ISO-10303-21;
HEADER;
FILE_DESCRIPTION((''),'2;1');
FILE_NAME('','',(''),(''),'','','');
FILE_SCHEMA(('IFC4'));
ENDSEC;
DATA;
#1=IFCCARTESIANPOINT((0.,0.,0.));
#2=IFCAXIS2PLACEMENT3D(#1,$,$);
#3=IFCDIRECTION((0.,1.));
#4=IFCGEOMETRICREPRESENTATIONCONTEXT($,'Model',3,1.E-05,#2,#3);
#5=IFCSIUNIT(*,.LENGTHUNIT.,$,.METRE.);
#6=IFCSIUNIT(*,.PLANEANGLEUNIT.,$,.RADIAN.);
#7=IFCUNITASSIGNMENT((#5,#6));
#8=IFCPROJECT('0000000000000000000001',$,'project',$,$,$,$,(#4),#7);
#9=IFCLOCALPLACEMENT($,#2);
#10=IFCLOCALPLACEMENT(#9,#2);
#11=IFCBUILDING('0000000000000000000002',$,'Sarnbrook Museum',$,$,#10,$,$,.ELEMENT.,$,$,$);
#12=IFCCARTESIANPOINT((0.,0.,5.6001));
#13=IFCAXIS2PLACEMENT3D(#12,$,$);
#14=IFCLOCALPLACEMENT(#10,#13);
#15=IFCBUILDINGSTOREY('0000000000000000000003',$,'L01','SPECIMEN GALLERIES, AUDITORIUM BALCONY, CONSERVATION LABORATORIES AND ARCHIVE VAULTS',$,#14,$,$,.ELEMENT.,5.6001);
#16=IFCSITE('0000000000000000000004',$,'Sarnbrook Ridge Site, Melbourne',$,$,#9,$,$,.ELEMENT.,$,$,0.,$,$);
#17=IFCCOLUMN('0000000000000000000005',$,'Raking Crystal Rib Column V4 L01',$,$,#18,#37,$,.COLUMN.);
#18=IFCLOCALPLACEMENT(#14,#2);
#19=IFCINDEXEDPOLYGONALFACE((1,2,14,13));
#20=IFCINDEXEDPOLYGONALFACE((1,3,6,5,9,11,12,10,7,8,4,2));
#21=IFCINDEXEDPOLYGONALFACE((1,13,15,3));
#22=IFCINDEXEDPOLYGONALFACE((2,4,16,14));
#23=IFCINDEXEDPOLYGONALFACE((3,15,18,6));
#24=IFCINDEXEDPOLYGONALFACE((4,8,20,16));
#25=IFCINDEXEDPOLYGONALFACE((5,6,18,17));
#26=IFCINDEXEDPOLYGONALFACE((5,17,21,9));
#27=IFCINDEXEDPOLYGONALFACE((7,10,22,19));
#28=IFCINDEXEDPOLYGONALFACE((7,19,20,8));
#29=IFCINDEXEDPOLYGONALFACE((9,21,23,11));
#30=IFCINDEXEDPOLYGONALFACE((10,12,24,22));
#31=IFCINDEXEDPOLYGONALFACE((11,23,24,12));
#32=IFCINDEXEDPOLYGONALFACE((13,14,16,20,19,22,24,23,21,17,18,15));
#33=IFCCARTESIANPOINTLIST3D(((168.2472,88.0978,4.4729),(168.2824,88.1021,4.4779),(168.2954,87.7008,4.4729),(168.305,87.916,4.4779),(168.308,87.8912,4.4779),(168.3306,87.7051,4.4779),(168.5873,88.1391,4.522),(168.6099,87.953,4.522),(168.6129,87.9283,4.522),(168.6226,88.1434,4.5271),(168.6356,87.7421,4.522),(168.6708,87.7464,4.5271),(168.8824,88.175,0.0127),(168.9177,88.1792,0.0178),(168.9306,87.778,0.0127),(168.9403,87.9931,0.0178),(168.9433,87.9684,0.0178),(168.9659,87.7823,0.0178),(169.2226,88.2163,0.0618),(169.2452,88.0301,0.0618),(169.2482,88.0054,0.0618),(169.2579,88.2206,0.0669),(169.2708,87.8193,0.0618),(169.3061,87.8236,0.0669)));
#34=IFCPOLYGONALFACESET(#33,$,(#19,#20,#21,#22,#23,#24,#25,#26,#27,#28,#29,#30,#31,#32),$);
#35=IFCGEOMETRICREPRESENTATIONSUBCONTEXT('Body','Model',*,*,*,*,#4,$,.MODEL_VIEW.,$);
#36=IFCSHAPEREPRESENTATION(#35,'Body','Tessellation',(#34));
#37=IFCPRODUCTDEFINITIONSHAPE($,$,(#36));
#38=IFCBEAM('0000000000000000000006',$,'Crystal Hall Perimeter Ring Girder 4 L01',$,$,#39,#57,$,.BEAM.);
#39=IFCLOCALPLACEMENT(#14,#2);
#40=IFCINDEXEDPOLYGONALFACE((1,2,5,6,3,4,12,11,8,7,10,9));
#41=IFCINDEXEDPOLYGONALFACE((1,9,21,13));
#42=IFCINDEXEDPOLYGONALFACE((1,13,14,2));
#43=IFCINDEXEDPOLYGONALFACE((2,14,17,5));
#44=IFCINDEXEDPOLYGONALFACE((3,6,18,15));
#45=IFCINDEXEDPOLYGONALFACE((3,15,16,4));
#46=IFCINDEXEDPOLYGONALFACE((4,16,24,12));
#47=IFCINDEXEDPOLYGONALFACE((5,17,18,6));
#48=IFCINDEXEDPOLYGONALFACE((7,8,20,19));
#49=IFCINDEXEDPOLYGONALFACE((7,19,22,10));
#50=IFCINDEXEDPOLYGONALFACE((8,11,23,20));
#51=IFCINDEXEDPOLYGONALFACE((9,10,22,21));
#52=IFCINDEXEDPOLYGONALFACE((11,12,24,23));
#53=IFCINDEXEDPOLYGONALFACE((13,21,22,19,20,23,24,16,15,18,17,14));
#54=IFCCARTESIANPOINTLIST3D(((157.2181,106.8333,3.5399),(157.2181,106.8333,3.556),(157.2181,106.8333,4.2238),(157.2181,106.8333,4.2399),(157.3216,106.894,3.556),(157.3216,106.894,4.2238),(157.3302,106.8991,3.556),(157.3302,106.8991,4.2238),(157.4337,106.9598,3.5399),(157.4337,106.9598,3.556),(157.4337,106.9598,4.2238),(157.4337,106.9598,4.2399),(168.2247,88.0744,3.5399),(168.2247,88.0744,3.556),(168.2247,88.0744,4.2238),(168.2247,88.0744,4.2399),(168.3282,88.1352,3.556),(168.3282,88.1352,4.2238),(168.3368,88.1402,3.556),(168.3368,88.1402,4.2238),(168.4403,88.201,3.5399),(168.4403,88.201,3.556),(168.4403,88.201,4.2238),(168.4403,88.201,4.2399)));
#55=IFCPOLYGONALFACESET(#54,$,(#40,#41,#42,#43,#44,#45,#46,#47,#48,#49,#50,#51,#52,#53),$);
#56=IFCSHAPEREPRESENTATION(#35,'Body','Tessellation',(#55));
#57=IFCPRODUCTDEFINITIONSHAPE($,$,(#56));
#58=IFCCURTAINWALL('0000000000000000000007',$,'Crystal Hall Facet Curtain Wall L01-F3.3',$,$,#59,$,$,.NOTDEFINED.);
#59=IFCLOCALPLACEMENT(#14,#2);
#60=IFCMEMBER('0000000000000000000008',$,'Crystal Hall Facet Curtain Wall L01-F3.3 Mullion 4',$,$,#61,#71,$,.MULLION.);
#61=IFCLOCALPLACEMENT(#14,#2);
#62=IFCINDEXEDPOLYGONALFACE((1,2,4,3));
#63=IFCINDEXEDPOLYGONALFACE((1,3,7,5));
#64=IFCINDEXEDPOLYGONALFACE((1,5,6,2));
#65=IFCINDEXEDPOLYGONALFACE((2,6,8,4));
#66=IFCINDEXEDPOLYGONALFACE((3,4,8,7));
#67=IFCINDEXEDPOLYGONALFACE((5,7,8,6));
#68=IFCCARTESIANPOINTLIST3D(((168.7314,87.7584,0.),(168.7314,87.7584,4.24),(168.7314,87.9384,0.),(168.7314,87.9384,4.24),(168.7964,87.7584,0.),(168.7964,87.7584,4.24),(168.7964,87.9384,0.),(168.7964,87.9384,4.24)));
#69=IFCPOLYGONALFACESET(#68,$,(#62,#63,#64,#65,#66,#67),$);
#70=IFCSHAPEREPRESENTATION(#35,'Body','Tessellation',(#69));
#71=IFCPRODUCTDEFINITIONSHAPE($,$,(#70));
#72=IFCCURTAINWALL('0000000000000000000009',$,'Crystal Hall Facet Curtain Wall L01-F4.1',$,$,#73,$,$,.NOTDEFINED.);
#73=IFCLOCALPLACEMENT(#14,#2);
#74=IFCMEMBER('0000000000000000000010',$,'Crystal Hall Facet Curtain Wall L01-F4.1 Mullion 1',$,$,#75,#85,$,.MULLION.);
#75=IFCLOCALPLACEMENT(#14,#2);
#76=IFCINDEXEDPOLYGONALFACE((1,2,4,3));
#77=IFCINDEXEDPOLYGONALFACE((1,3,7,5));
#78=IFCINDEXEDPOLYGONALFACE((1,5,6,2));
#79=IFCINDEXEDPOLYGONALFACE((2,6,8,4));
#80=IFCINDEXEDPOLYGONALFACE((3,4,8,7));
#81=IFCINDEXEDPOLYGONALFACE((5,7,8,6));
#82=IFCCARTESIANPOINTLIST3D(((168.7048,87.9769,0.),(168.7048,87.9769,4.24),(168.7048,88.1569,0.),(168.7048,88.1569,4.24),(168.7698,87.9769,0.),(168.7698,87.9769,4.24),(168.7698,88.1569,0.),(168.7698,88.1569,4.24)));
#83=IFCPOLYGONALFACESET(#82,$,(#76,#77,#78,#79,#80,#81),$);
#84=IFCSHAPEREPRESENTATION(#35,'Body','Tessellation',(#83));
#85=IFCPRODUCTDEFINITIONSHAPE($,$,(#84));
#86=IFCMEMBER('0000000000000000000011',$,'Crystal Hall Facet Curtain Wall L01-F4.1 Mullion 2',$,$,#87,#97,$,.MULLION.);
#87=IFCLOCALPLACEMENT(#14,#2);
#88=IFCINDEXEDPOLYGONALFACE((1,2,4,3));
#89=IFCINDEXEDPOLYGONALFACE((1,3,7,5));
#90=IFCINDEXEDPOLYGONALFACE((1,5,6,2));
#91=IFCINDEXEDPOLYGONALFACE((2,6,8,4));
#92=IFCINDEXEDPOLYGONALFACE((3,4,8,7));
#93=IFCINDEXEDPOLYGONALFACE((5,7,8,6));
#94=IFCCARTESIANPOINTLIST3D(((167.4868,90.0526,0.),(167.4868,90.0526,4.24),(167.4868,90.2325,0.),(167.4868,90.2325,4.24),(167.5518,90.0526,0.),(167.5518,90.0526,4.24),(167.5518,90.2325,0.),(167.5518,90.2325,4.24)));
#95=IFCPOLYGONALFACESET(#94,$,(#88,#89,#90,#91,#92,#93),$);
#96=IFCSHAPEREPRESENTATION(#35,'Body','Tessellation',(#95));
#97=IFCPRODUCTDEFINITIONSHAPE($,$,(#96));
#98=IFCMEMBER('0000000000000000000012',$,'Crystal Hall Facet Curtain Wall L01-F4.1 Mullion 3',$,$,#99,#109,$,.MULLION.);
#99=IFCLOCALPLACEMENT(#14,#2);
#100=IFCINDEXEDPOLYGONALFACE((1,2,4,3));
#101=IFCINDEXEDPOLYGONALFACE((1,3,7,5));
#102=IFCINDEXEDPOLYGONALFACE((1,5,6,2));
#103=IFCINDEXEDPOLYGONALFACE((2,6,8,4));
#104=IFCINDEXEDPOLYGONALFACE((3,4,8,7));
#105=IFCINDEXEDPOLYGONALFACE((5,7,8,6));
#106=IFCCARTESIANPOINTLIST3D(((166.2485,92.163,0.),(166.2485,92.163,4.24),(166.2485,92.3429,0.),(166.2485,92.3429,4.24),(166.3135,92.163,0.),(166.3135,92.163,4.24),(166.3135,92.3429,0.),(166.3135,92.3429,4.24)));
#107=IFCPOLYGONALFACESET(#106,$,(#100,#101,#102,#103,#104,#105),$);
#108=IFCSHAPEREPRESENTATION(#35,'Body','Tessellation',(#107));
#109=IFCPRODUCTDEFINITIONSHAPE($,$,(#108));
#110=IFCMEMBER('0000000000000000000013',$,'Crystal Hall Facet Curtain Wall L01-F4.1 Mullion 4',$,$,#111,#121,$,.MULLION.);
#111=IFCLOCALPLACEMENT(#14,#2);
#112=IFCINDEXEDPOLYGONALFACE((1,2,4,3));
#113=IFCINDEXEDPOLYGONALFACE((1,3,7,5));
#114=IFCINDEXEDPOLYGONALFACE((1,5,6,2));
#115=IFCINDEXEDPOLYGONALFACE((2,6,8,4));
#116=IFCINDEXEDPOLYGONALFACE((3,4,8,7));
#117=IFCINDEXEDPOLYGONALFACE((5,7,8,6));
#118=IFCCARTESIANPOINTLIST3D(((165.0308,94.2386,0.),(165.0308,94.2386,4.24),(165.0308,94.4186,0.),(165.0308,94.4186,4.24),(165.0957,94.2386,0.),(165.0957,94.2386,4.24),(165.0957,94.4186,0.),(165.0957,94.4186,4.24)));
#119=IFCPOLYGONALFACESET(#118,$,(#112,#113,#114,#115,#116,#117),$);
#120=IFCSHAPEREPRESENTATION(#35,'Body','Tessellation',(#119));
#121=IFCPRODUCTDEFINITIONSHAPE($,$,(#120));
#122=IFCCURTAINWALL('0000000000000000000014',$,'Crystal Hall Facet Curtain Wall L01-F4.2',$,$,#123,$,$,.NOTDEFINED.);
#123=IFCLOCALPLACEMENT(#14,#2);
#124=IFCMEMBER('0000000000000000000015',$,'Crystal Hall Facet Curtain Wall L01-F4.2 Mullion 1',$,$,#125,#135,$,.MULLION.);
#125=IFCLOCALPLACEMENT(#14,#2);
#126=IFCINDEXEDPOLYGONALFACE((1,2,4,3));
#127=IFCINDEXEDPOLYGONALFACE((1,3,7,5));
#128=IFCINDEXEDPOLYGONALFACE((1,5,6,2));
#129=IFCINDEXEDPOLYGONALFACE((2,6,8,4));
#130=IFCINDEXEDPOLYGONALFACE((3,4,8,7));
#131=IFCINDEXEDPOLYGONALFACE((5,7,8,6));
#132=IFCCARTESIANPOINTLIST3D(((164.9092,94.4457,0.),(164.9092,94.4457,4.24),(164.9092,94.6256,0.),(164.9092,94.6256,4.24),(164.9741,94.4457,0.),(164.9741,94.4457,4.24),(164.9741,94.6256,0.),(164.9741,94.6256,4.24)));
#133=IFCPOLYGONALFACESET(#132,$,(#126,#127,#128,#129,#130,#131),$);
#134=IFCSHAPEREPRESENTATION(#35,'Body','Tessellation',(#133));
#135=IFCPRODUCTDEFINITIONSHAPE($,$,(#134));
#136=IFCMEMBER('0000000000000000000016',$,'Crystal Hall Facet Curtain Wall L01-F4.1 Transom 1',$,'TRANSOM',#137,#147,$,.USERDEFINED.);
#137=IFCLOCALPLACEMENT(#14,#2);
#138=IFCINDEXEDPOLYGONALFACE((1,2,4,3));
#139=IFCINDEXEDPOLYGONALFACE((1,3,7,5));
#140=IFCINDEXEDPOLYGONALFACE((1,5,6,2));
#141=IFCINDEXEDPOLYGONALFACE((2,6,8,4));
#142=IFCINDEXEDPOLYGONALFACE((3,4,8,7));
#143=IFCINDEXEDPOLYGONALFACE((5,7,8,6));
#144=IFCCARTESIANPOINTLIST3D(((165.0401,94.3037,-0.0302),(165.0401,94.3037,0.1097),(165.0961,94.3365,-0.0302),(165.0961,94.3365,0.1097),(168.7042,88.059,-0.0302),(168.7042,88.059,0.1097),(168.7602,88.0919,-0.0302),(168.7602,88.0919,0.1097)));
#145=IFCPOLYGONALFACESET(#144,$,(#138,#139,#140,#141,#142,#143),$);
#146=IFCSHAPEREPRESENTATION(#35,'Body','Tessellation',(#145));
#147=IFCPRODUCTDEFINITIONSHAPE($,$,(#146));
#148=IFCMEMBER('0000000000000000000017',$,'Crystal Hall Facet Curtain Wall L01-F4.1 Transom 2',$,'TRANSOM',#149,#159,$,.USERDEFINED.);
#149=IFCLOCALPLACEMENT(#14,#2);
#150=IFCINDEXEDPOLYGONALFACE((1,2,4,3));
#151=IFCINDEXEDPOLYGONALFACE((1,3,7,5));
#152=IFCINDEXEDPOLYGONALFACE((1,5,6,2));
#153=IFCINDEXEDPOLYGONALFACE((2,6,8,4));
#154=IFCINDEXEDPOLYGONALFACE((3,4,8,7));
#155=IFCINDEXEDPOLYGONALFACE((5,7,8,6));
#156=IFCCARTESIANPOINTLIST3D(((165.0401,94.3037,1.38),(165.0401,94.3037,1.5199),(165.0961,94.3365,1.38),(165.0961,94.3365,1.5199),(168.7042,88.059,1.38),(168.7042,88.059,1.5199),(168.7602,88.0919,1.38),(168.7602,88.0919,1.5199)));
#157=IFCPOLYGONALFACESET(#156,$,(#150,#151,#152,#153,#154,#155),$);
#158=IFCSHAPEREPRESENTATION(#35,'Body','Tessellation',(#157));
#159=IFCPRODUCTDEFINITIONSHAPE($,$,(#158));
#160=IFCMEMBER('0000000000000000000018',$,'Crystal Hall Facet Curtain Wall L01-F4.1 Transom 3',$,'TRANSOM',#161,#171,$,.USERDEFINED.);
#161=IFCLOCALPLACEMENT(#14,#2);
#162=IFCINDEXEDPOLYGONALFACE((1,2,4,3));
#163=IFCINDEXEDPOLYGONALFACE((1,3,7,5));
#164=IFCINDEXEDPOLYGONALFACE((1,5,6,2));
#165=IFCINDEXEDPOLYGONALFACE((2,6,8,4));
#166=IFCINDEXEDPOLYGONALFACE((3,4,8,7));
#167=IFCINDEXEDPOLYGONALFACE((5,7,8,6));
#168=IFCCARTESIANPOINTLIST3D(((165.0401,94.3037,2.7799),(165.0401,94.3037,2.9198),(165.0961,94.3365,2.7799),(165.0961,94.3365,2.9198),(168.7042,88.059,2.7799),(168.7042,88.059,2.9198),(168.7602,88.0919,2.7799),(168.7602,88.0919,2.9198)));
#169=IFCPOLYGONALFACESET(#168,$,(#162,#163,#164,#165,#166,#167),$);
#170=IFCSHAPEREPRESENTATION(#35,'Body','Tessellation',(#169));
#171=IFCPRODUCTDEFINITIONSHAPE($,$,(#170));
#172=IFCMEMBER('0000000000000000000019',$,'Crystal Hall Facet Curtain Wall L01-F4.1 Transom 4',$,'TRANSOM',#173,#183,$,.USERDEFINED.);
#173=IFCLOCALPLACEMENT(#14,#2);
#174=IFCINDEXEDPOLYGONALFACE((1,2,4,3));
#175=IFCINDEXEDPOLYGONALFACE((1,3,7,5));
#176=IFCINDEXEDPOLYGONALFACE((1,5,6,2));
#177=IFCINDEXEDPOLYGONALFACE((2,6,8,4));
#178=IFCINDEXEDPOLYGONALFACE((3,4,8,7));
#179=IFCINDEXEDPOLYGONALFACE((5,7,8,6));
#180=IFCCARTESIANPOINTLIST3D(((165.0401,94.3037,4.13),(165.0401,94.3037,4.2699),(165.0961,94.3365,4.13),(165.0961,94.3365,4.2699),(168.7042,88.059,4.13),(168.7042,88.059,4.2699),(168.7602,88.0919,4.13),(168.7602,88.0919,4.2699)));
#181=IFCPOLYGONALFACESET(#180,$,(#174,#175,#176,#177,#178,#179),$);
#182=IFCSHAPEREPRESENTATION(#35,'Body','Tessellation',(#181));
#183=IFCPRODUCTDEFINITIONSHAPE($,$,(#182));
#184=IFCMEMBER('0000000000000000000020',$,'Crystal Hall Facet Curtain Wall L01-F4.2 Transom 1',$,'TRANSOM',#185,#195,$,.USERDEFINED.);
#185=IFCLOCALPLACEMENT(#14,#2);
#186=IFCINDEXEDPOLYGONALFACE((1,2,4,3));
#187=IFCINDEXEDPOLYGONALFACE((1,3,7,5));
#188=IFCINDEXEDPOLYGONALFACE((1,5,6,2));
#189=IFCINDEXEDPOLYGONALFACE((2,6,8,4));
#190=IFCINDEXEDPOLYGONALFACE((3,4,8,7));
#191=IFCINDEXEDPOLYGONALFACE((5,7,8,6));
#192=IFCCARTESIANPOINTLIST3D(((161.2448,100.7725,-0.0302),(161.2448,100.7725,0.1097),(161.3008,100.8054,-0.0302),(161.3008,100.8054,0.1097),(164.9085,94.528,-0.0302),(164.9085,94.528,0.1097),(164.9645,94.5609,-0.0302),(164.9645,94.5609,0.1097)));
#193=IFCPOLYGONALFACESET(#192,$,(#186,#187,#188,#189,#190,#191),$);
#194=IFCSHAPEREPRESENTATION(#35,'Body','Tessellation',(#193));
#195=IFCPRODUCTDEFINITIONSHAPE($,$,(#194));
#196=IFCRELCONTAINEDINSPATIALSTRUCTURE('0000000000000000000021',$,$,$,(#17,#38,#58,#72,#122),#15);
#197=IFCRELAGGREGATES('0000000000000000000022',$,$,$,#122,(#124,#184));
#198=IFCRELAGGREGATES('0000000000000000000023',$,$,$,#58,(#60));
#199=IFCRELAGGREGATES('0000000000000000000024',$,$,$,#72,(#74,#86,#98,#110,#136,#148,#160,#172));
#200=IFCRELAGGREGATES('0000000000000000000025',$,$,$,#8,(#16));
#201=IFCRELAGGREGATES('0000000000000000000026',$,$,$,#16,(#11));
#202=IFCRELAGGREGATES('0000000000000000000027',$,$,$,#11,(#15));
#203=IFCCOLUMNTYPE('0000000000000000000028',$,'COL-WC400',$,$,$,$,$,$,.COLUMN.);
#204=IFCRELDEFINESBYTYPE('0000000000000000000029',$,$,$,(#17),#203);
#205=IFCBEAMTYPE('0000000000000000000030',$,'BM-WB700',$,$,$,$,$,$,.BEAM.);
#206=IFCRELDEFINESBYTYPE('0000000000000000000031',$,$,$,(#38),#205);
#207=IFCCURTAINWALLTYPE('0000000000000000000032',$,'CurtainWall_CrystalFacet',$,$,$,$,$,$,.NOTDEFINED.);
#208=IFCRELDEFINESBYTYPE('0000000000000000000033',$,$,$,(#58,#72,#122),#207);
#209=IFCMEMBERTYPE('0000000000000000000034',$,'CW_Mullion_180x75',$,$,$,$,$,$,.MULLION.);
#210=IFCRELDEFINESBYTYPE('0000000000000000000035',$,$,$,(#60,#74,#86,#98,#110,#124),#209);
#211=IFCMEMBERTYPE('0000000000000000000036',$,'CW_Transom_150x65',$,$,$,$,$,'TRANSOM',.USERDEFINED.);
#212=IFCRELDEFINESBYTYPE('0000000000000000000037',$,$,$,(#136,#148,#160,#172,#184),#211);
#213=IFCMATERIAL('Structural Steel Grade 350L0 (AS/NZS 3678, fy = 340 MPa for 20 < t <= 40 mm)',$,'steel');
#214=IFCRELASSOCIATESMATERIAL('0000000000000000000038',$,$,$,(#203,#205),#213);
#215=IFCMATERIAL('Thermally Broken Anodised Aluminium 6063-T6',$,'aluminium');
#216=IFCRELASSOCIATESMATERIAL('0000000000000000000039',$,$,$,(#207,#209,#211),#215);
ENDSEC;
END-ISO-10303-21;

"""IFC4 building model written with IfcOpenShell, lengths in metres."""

from ifc_helpers import new_model, si_unit, direction, frame, origin, origin_2d, place, context, subcontext, project, spatial, rectangle, i_section, extrude, material, material_profile, profile_set, type_object, element, aggregate, save


model = new_model("IFC4")

# Units and contexts
model_context = context("Model", 3, precision=1e-05, world=origin(), true_north=direction((0.0, 1.0)))
body_context = subcontext(model_context, "Body", "Model", "MODEL_VIEW")
ifc_project = project(units=[si_unit("LENGTHUNIT", "METRE"), si_unit("PLANEANGLEUNIT", "RADIAN")], contexts=[model_context])

# Site, building, storey
site_placement = place(None, origin())
site = spatial("IfcSite", under=ifc_project, at=site_placement, Name="Sarnbrook Ridge Site, Melbourne", CompositionType="ELEMENT", RefElevation=0.0)
building_placement = place(site_placement, origin())
building = spatial("IfcBuilding", under=site, at=building_placement, Name="Sarnbrook Museum", CompositionType="ELEMENT")
storey_placement = place(building_placement, frame((0.0, 0.0, 5.6001)))
storey = spatial("IfcBuildingStorey", under=building, at=storey_placement, Name="L01", Description="SPECIMEN GALLERIES, AUDITORIUM BALCONY, CONSERVATION LABORATORIES AND ARCHIVE VAULTS", CompositionType="ELEMENT", Elevation=5.6001)

# Column
ifc_material_1 = material(Name="Structural Steel Grade 350L0 (AS/NZS 3678, fy = 340 MPa for 20 < t <= 40 mm)", Category="steel")
ifc_material_profile_1 = material_profile(ifc_material_1, i_section(OverallWidth=0.3999, OverallDepth=0.3821, WebThickness=0.0249, FlangeThickness=0.0359, at=origin_2d()), Name="400WC270")
ifc_profile_set_1 = profile_set([ifc_material_profile_1], Name="Structural Steel Grade 350L0 (AS/NZS 3678, fy = 340 MPa for 20 < t <= 40 mm)")
column_type = type_object("IfcColumnType", Name="COL-WC400", PredefinedType="COLUMN", material=ifc_profile_set_1)
column_placement = place(storey_placement, frame((169.0942, 87.9993, 0.0398), z_axis=(-0.140983, -0.017122, 0.989864), x_axis=(0.120559, -0.992706, 0.0)))
element("IfcColumn", 1, at=column_placement, inside=storey, type_object=column_type, Name="Raking Crystal Rib Column V4 L01", PredefinedType="COLUMN", context=body_context, shape_type="SweptSolid", body=[
    extrude(i_section(OverallWidth=0.3999, OverallDepth=0.3821, WebThickness=0.0249, FlangeThickness=0.0359, at=origin_2d()), origin(), (0.0, 0.0, 1.0), 4.5059),
])

# Beam
ifc_material_profile_2 = material_profile(ifc_material_1, i_section(OverallWidth=0.25, OverallDepth=0.7, WebThickness=0.01, FlangeThickness=0.0161, at=origin_2d()), Name="700WB130")
ifc_profile_set_2 = profile_set([ifc_material_profile_2], Name="Structural Steel Grade 350L0 (AS/NZS 3678, fy = 340 MPa for 20 < t <= 40 mm)")
beam_type_1 = type_object("IfcBeamType", Name="BM-WB700", PredefinedType="BEAM", material=ifc_profile_set_2)
beam_1_placement = place(storey_placement, frame((168.3325, 88.1377, 3.8899), z_axis=(-0.506064, 0.862496, 0.0), x_axis=(-0.862496, -0.506064, 0.0)))
element("IfcBeam", 2, at=beam_1_placement, inside=storey, type_object=beam_type_1, Name="Crystal Hall Perimeter Ring Girder 4 L01", PredefinedType="BEAM", context=body_context, shape_type="SweptSolid", body=[
    extrude(i_section(OverallWidth=0.25, OverallDepth=0.7, WebThickness=0.01, FlangeThickness=0.0161, at=origin_2d()), origin(), (0.0, 0.0, 1.0), 21.7495),
])

# Curtain wall, member
ifc_material_2 = material(Name="Thermally Broken Anodised Aluminium 6063-T6", Category="aluminium")
curtain_wall_type = type_object("IfcCurtainWallType", Name="CurtainWall_CrystalFacet", PredefinedType="NOTDEFINED", material=ifc_material_2)
curtain_wall_1_placement = place(storey_placement, origin())
curtain_wall_1 = element("IfcCurtainWall", 3, at=curtain_wall_1_placement, inside=storey, type_object=curtain_wall_type, Name="Crystal Hall Facet Curtain Wall L01-F3.3", PredefinedType="NOTDEFINED")
ifc_material_profile_3 = material_profile(ifc_material_2, rectangle(XDim=0.0649, YDim=0.1799, at=origin_2d()), Name="ALU MULLION 65x180")
ifc_profile_set_3 = profile_set([ifc_material_profile_3], Name="Thermally Broken Anodised Aluminium 6063-T6")
member_type_1 = type_object("IfcMemberType", Name="CW_Mullion_180x75", PredefinedType="MULLION", material=ifc_profile_set_3)
member_1_placement = place(storey_placement, frame((168.7639, 87.8484, 0.0), z_axis=(0.0, 0.0, 1.0), x_axis=(1.0, 0.0, 0.0)))
member_1 = element("IfcMember", 4, at=member_1_placement, type_object=member_type_1, Name="Crystal Hall Facet Curtain Wall L01-F3.3 Mullion 4", PredefinedType="MULLION", context=body_context, shape_type="SweptSolid", body=[
    extrude(rectangle(XDim=0.0649, YDim=0.1799, at=origin_2d()), origin(), (0.0, 0.0, 1.0), 4.24),
])

# Curtain wall, members
curtain_wall_2_placement = place(storey_placement, origin())
curtain_wall_2 = element("IfcCurtainWall", 5, at=curtain_wall_2_placement, inside=storey, type_object=curtain_wall_type, Name="Crystal Hall Facet Curtain Wall L01-F4.1", PredefinedType="NOTDEFINED")
member_2_placement = place(storey_placement, frame((168.7373, 88.0669, 0.0), z_axis=(0.0, 0.0, 1.0), x_axis=(1.0, 0.0, 0.0)))
member_2 = element("IfcMember", 6, at=member_2_placement, type_object=member_type_1, Name="Crystal Hall Facet Curtain Wall L01-F4.1 Mullion 1", PredefinedType="MULLION", context=body_context, shape_type="SweptSolid", body=[
    extrude(rectangle(XDim=0.0649, YDim=0.1799, at=origin_2d()), origin(), (0.0, 0.0, 1.0), 4.24),
])
member_3_placement = place(storey_placement, frame((167.5193, 90.1426, 0.0), z_axis=(0.0, 0.0, 1.0), x_axis=(1.0, 0.0, 0.0)))
member_3 = element("IfcMember", 7, at=member_3_placement, type_object=member_type_1, Name="Crystal Hall Facet Curtain Wall L01-F4.1 Mullion 2", PredefinedType="MULLION", context=body_context, shape_type="SweptSolid", body=[
    extrude(rectangle(XDim=0.0649, YDim=0.1799, at=origin_2d()), origin(), (0.0, 0.0, 1.0), 4.24),
])
member_4_placement = place(storey_placement, frame((166.281, 92.2529, 0.0), z_axis=(0.0, 0.0, 1.0), x_axis=(1.0, 0.0, 0.0)))
member_4 = element("IfcMember", 8, at=member_4_placement, type_object=member_type_1, Name="Crystal Hall Facet Curtain Wall L01-F4.1 Mullion 3", PredefinedType="MULLION", context=body_context, shape_type="SweptSolid", body=[
    extrude(rectangle(XDim=0.0649, YDim=0.1799, at=origin_2d()), origin(), (0.0, 0.0, 1.0), 4.24),
])
member_5_placement = place(storey_placement, frame((165.0632, 94.3286, 0.0), z_axis=(0.0, 0.0, 1.0), x_axis=(1.0, 0.0, 0.0)))
member_5 = element("IfcMember", 9, at=member_5_placement, type_object=member_type_1, Name="Crystal Hall Facet Curtain Wall L01-F4.1 Mullion 4", PredefinedType="MULLION", context=body_context, shape_type="SweptSolid", body=[
    extrude(rectangle(XDim=0.0649, YDim=0.1799, at=origin_2d()), origin(), (0.0, 0.0, 1.0), 4.24),
])

# Curtain wall, member
curtain_wall_3_placement = place(storey_placement, origin())
curtain_wall_3 = element("IfcCurtainWall", 10, at=curtain_wall_3_placement, inside=storey, type_object=curtain_wall_type, Name="Crystal Hall Facet Curtain Wall L01-F4.2", PredefinedType="NOTDEFINED")
member_6_placement = place(storey_placement, frame((164.9417, 94.5356, 0.0), z_axis=(0.0, 0.0, 1.0), x_axis=(1.0, 0.0, 0.0)))
member_6 = element("IfcMember", 11, at=member_6_placement, type_object=member_type_1, Name="Crystal Hall Facet Curtain Wall L01-F4.2 Mullion 1", PredefinedType="MULLION", context=body_context, shape_type="SweptSolid", body=[
    extrude(rectangle(XDim=0.0649, YDim=0.1799, at=origin_2d()), origin(), (0.0, 0.0, 1.0), 4.24),
])

# Members
ifc_material_profile_4 = material_profile(ifc_material_2, rectangle(XDim=0.0649, YDim=0.1399, at=origin_2d()), Name="ALU TRANSOM 65x140")
ifc_profile_set_4 = profile_set([ifc_material_profile_4], Name="Thermally Broken Anodised Aluminium 6063-T6")
member_type_2 = type_object("IfcMemberType", Name="CW_Transom_150x65", ElementType="TRANSOM", PredefinedType="USERDEFINED", material=ifc_profile_set_4)
member_7_placement = place(storey_placement, frame((168.7322, 88.0754, 0.0398), z_axis=(-0.506071, 0.862492, 0.0), x_axis=(-0.862492, -0.506071, 0.0)))
member_7 = element("IfcMember", 12, at=member_7_placement, type_object=member_type_2, Name="Crystal Hall Facet Curtain Wall L01-F4.1 Transom 1", ObjectType="TRANSOM", PredefinedType="USERDEFINED", context=body_context, shape_type="SweptSolid", body=[
    extrude(rectangle(XDim=0.0649, YDim=0.1399, at=origin_2d()), origin(), (0.0, 0.0, 1.0), 7.2402),
])
member_8_placement = place(storey_placement, frame((168.7322, 88.0754, 1.45), z_axis=(-0.506071, 0.862492, 0.0), x_axis=(-0.862492, -0.506071, 0.0)))
member_8 = element("IfcMember", 13, at=member_8_placement, type_object=member_type_2, Name="Crystal Hall Facet Curtain Wall L01-F4.1 Transom 2", ObjectType="TRANSOM", PredefinedType="USERDEFINED", context=body_context, shape_type="SweptSolid", body=[
    extrude(rectangle(XDim=0.0649, YDim=0.1399, at=origin_2d()), origin(), (0.0, 0.0, 1.0), 7.2402),
])
member_9_placement = place(storey_placement, frame((168.7322, 88.0754, 2.8499), z_axis=(-0.506071, 0.862492, 0.0), x_axis=(-0.862492, -0.506071, 0.0)))
member_9 = element("IfcMember", 14, at=member_9_placement, type_object=member_type_2, Name="Crystal Hall Facet Curtain Wall L01-F4.1 Transom 3", ObjectType="TRANSOM", PredefinedType="USERDEFINED", context=body_context, shape_type="SweptSolid", body=[
    extrude(rectangle(XDim=0.0649, YDim=0.1399, at=origin_2d()), origin(), (0.0, 0.0, 1.0), 7.2402),
])
member_10_placement = place(storey_placement, frame((168.7322, 88.0754, 4.2), z_axis=(-0.506071, 0.862492, 0.0), x_axis=(-0.862492, -0.506071, 0.0)))
member_10 = element("IfcMember", 15, at=member_10_placement, type_object=member_type_2, Name="Crystal Hall Facet Curtain Wall L01-F4.1 Transom 4", ObjectType="TRANSOM", PredefinedType="USERDEFINED", context=body_context, shape_type="SweptSolid", body=[
    extrude(rectangle(XDim=0.0649, YDim=0.1399, at=origin_2d()), origin(), (0.0, 0.0, 1.0), 7.2402),
])
member_11_placement = place(storey_placement, frame((164.9365, 94.5444, 0.0398), z_axis=(-0.506046, 0.862507, 0.0), x_axis=(-0.862507, -0.506046, 0.0)))
member_11 = element("IfcMember", 16, at=member_11_placement, type_object=member_type_2, Name="Crystal Hall Facet Curtain Wall L01-F4.2 Transom 1", ObjectType="TRANSOM", PredefinedType="USERDEFINED", context=body_context, shape_type="SweptSolid", body=[
    extrude(rectangle(XDim=0.0649, YDim=0.1399, at=origin_2d()), origin(), (0.0, 0.0, 1.0), 7.24),
])
aggregate(curtain_wall_3, [member_6, member_11])

aggregate(curtain_wall_1, [member_1])
aggregate(curtain_wall_2, [member_2, member_3, member_4, member_5, member_7, member_8, member_9, member_10])

save(model, "model.ifc")
